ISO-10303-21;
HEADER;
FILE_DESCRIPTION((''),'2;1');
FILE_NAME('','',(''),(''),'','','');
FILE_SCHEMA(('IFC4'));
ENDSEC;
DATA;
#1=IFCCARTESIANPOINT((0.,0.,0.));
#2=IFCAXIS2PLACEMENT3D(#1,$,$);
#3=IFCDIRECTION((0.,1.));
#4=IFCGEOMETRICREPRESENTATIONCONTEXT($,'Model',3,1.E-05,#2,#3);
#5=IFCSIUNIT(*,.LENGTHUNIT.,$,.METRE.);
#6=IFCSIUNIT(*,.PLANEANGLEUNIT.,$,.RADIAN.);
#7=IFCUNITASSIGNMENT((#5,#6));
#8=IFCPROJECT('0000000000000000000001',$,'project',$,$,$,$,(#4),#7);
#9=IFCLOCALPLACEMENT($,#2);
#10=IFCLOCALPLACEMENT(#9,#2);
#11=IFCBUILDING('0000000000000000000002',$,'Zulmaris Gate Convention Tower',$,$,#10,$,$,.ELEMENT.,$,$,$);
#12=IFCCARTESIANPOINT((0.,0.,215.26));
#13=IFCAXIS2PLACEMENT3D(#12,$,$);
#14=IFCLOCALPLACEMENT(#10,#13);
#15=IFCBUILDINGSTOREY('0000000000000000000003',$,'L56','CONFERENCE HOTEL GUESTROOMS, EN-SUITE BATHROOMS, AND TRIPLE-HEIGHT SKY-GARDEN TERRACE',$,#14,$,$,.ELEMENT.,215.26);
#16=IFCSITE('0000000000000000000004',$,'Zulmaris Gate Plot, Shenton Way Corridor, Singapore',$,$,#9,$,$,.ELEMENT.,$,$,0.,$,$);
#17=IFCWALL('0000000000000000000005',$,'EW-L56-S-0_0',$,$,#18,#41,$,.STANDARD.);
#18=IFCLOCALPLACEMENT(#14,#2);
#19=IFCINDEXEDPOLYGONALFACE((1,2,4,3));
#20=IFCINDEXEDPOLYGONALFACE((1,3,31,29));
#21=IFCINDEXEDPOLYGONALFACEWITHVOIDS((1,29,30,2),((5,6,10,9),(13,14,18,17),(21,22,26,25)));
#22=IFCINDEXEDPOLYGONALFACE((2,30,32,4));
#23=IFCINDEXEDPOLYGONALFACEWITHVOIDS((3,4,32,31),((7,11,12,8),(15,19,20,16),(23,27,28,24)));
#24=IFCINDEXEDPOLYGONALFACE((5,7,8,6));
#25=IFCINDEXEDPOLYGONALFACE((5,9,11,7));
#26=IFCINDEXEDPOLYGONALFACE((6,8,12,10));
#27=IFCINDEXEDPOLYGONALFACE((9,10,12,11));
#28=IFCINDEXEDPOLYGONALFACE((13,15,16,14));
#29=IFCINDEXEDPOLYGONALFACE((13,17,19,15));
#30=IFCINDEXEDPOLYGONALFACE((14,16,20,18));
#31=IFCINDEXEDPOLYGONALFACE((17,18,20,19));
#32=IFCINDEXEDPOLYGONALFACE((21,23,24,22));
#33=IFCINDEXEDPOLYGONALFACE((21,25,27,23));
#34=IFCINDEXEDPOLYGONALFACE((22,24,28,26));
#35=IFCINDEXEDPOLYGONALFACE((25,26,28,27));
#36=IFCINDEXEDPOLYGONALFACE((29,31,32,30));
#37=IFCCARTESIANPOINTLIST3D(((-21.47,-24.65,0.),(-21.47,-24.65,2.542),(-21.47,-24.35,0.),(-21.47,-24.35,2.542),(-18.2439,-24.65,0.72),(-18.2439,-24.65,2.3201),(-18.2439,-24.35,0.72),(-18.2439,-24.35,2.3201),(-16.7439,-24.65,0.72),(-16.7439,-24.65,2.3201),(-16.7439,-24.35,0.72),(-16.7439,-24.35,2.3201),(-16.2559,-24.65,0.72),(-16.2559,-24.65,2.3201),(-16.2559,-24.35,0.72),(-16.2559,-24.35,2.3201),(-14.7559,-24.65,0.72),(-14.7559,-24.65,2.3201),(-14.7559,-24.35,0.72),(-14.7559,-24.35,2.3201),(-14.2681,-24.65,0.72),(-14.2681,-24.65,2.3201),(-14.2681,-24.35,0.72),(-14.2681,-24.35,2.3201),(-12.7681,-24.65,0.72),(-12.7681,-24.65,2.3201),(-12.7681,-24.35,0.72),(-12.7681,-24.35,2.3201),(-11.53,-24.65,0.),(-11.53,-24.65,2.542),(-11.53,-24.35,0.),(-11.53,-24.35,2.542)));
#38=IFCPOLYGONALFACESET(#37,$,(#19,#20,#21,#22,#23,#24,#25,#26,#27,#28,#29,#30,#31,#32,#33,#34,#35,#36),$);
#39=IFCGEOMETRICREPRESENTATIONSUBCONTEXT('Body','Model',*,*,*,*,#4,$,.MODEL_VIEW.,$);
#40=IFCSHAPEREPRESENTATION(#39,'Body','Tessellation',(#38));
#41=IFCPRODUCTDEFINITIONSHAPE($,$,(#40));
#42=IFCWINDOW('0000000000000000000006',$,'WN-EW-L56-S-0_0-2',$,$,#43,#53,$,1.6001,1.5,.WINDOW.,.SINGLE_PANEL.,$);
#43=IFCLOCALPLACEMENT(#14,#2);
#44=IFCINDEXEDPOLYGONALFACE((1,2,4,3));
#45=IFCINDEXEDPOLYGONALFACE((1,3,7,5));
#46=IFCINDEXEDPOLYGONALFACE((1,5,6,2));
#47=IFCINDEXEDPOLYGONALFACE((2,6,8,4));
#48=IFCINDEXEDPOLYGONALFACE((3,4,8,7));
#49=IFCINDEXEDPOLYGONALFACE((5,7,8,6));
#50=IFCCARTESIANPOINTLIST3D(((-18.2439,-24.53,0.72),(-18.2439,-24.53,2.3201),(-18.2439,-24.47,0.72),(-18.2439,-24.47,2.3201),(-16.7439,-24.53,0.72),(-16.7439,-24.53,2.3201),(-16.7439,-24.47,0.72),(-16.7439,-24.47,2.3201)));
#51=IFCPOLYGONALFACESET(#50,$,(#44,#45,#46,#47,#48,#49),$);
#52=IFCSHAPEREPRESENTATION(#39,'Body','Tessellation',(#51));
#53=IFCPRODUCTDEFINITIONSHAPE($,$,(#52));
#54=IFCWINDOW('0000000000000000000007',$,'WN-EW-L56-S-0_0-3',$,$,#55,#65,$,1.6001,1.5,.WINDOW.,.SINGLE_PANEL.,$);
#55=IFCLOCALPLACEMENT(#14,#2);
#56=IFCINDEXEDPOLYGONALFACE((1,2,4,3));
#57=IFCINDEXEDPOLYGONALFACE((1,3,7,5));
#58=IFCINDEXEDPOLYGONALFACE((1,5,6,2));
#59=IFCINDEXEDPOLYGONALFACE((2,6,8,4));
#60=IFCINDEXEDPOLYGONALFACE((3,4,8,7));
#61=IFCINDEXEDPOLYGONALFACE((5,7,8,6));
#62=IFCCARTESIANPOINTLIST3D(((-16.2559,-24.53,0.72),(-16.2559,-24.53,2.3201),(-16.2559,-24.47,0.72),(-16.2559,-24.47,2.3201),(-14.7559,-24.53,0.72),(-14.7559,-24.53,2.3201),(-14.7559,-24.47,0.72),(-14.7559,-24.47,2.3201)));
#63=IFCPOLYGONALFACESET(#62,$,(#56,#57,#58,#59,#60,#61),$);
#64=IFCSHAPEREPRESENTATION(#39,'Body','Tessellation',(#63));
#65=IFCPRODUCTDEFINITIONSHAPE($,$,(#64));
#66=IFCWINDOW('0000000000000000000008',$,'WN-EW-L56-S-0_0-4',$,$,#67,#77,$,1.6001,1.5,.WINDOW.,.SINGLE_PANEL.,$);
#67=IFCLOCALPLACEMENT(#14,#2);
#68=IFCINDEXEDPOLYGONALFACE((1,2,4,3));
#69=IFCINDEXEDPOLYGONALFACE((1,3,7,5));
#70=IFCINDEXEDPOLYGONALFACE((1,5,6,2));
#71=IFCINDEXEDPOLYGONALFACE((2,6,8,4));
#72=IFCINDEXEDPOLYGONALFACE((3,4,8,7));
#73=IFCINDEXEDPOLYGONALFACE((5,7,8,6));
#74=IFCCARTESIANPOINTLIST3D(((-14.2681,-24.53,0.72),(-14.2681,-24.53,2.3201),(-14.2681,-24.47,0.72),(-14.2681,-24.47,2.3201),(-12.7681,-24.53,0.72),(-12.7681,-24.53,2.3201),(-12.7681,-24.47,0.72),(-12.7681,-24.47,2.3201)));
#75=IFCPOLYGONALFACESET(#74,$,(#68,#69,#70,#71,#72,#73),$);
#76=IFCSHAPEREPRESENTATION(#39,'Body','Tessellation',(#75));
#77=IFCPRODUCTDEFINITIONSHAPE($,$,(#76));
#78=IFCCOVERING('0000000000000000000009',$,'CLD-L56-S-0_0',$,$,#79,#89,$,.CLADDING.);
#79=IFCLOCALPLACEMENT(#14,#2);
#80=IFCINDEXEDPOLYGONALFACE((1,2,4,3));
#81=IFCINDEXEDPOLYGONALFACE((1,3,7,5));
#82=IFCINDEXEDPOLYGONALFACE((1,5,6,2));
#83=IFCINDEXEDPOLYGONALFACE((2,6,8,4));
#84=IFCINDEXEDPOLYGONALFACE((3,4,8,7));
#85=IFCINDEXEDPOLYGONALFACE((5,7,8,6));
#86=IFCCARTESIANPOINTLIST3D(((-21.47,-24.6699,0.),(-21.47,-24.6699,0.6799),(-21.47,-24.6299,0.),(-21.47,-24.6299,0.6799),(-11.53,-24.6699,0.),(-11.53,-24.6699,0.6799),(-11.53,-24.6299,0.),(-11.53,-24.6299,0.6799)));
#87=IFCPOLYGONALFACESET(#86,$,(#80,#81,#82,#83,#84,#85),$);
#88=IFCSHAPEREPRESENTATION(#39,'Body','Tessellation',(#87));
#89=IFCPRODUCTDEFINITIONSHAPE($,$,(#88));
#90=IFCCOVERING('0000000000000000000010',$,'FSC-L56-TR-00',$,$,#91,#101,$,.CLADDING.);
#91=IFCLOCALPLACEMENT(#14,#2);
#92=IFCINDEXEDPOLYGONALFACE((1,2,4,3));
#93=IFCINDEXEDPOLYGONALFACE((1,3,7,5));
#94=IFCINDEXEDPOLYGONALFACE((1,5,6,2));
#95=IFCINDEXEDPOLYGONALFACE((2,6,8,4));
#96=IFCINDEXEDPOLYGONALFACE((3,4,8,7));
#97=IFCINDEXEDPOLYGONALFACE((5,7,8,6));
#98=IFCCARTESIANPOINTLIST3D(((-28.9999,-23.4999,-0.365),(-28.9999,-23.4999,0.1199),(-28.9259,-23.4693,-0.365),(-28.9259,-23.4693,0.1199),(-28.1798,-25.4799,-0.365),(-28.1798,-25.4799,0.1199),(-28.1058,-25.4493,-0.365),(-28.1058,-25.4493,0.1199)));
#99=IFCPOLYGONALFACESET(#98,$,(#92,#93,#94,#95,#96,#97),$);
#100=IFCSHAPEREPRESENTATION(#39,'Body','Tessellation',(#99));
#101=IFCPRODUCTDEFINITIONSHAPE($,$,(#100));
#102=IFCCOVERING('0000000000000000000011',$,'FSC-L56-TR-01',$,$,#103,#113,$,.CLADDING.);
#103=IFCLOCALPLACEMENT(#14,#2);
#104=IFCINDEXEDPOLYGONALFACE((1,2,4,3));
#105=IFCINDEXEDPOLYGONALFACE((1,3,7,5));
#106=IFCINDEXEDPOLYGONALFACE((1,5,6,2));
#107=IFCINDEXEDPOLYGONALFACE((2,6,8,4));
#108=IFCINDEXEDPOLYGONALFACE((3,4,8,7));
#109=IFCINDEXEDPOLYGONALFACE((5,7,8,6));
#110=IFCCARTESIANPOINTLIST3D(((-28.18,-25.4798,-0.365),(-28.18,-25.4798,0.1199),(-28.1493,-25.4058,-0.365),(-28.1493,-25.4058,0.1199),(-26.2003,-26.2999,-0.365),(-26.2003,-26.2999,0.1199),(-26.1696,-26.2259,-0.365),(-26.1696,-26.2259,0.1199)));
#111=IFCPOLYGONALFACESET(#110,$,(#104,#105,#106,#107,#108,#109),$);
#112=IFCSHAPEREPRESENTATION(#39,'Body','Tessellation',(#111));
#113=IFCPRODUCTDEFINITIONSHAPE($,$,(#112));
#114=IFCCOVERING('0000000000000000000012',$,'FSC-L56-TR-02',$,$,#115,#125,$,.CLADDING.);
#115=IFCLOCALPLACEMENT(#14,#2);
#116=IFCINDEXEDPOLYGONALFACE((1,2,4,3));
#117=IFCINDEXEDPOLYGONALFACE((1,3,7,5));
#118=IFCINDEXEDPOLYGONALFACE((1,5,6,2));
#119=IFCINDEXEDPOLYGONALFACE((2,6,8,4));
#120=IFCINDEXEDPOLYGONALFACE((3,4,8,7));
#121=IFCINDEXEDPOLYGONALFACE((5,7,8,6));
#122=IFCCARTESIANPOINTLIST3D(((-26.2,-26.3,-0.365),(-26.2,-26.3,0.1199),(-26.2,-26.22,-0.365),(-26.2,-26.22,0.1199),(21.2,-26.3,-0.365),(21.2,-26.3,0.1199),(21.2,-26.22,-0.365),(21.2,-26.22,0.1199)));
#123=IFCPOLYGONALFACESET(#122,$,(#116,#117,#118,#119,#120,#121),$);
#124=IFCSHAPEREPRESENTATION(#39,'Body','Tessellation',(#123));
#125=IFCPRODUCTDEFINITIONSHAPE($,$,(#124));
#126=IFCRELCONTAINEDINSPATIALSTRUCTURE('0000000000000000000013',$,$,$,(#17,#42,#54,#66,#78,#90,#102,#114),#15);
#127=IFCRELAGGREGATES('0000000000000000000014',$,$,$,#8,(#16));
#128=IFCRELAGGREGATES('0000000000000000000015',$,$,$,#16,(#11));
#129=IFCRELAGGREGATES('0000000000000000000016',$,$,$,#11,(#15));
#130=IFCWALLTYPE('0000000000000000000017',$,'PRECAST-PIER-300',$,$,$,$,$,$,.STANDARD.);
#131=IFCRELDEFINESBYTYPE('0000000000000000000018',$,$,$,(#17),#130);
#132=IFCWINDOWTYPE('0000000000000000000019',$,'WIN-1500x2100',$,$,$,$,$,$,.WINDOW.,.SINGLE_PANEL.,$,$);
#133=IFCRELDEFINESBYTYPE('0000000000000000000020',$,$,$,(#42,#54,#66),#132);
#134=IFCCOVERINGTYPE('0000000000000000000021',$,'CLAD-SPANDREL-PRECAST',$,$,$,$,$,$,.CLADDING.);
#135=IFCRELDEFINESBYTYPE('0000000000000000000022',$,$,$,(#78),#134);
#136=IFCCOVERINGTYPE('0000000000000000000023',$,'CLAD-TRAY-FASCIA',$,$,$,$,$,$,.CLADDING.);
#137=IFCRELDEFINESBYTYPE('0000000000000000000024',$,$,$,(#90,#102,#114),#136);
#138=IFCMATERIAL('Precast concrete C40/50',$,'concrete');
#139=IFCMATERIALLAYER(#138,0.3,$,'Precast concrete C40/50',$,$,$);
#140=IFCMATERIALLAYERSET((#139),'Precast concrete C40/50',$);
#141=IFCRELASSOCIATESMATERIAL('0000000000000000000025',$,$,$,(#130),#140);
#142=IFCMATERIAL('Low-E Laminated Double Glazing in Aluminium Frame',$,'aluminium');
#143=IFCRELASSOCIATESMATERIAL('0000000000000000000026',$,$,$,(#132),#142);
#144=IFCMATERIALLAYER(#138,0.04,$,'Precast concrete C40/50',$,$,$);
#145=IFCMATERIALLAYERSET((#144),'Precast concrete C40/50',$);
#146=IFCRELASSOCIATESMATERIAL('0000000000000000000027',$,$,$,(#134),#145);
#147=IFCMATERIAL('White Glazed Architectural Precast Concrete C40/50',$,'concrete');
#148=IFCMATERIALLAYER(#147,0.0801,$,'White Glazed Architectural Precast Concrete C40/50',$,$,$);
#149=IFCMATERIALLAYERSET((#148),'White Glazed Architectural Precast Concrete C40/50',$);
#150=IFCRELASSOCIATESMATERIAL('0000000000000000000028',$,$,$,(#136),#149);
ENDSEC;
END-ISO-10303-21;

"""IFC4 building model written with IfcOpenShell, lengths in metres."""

from ifc_helpers import new_model, si_unit, direction, frame, frame_2d, origin, place, context, subcontext, project, spatial, rectangle, extrude, material, layer, layer_set, type_object, element, fill, save


model = new_model("IFC4")

# Units and contexts
model_context = context("Model", 3, precision=1e-05, world=origin(), true_north=direction((0.0, 1.0)))
body_context = subcontext(model_context, "Body", "Model", "MODEL_VIEW")
ifc_project = project(units=[si_unit("LENGTHUNIT", "METRE"), si_unit("PLANEANGLEUNIT", "RADIAN")], contexts=[model_context])

# Site, building, storey
site_placement = place(None, origin())
site = spatial("IfcSite", under=ifc_project, at=site_placement, Name="Zulmaris Gate Plot, Shenton Way Corridor, Singapore", CompositionType="ELEMENT", RefElevation=0.0)
building_placement = place(site_placement, origin())
building = spatial("IfcBuilding", under=site, at=building_placement, Name="Zulmaris Gate Convention Tower", CompositionType="ELEMENT")
storey_placement = place(building_placement, frame((0.0, 0.0, 215.26)))
storey = spatial("IfcBuildingStorey", under=building, at=storey_placement, Name="L56", Description="CONFERENCE HOTEL GUESTROOMS, EN-SUITE BATHROOMS, AND TRIPLE-HEIGHT SKY-GARDEN TERRACE", CompositionType="ELEMENT", Elevation=215.26)

# Shared definitions
ifc_material_1 = material(Name="Precast concrete C40/50", Category="concrete")
ifc_layer_1 = layer(ifc_material_1, 0.3, Name="Precast concrete C40/50")
ifc_layer_set_1 = layer_set([ifc_layer_1], Name="Precast concrete C40/50")
wall_type_1 = type_object("IfcWallType", Name="PRECAST-PIER-300", PredefinedType="STANDARD", material=ifc_layer_set_1)
ifc_material_2 = material(Name="Low-E Laminated Double Glazing in Aluminium Frame", Category="aluminium")

# Wall, openings, windows
wall_1_placement = place(storey_placement, frame((-21.47, -24.5, 0.0), z_axis=(0.0, 0.0, 1.0), x_axis=(1.0, 0.0, 0.0)))
wall_1 = element("IfcWall", 1, at=wall_1_placement, inside=storey, type_object=wall_type_1, Name="EW-L56-S-0_0", PredefinedType="STANDARD", context=body_context, shape_type="SweptSolid", body=[
    extrude(rectangle(XDim=9.9399, YDim=0.3, at=frame_2d((4.97, 0.0))), origin(), (0.0, 0.0, 1.0), 2.542),
])
opening_1_placement = place(wall_1_placement, frame((3.2261, 0.0, 0.72)))
opening_1 = element("IfcOpeningElement", 2, at=opening_1_placement, cuts=wall_1, PredefinedType="OPENING", context=body_context, shape_type="SweptSolid", body=[
    extrude(rectangle(XDim=1.5, YDim=1.6001, at=frame_2d((0.75, 0.8))), frame((0.0, 0.1602, 0.0), z_axis=(0.0, -1.0, 0.0), x_axis=(1.0, 0.0, 0.0)), (0.0, 0.0, 1.0), 0.3201),
])
opening_2_placement = place(wall_1_placement, frame((5.2141, 0.0, 0.72)))
opening_2 = element("IfcOpeningElement", 3, at=opening_2_placement, cuts=wall_1, PredefinedType="OPENING", context=body_context, shape_type="SweptSolid", body=[
    extrude(rectangle(XDim=1.5, YDim=1.6001, at=frame_2d((0.75, 0.8))), frame((0.0, 0.1602, 0.0), z_axis=(0.0, -1.0, 0.0), x_axis=(1.0, 0.0, 0.0)), (0.0, 0.0, 1.0), 0.3201),
])
opening_3_placement = place(wall_1_placement, frame((7.2019, 0.0, 0.72)))
opening_3 = element("IfcOpeningElement", 4, at=opening_3_placement, cuts=wall_1, PredefinedType="OPENING", context=body_context, shape_type="SweptSolid", body=[
    extrude(rectangle(XDim=1.5, YDim=1.6001, at=frame_2d((0.75, 0.8))), frame((0.0, 0.1602, 0.0), z_axis=(0.0, -1.0, 0.0), x_axis=(1.0, 0.0, 0.0)), (0.0, 0.0, 1.0), 0.3201),
])
window_type_1 = type_object("IfcWindowType", Name="WIN-1500x2100", PartitioningType="SINGLE_PANEL", PredefinedType="WINDOW", material=ifc_material_2)
window_1_placement = place(opening_1_placement, origin())
window_1 = element("IfcWindow", 5, at=window_1_placement, inside=storey, type_object=window_type_1, Name="WN-EW-L56-S-0_0-2", OverallHeight=1.6001, OverallWidth=1.5, PartitioningType="SINGLE_PANEL", PredefinedType="WINDOW", context=body_context, shape_type="SweptSolid", body=[
    extrude(rectangle(XDim=1.5, YDim=1.6001, at=frame_2d((0.75, 0.8))), frame((0.0, 0.03, 0.0), z_axis=(0.0, -1.0, 0.0), x_axis=(1.0, 0.0, 0.0)), (0.0, 0.0, 1.0), 0.0601),
])
fill(opening_1, window_1)
window_2_placement = place(opening_2_placement, origin())
window_2 = element("IfcWindow", 6, at=window_2_placement, inside=storey, type_object=window_type_1, Name="WN-EW-L56-S-0_0-3", OverallHeight=1.6001, OverallWidth=1.5, PartitioningType="SINGLE_PANEL", PredefinedType="WINDOW", context=body_context, shape_type="SweptSolid", body=[
    extrude(rectangle(XDim=1.5, YDim=1.6001, at=frame_2d((0.75, 0.8))), frame((0.0, 0.03, 0.0), z_axis=(0.0, -1.0, 0.0), x_axis=(1.0, 0.0, 0.0)), (0.0, 0.0, 1.0), 0.0601),
])
fill(opening_2, window_2)
window_3_placement = place(opening_3_placement, origin())
window_3 = element("IfcWindow", 7, at=window_3_placement, inside=storey, type_object=window_type_1, Name="WN-EW-L56-S-0_0-4", OverallHeight=1.6001, OverallWidth=1.5, PartitioningType="SINGLE_PANEL", PredefinedType="WINDOW", context=body_context, shape_type="SweptSolid", body=[
    extrude(rectangle(XDim=1.5, YDim=1.6001, at=frame_2d((0.75, 0.8))), frame((0.0, 0.03, 0.0), z_axis=(0.0, -1.0, 0.0), x_axis=(1.0, 0.0, 0.0)), (0.0, 0.0, 1.0), 0.0601),
])
fill(opening_3, window_3)

# Coverings
ifc_layer_2 = layer(ifc_material_1, 0.04, Name="Precast concrete C40/50")
ifc_layer_set_2 = layer_set([ifc_layer_2], Name="Precast concrete C40/50")
covering_type_1 = type_object("IfcCoveringType", Name="CLAD-SPANDREL-PRECAST", PredefinedType="CLADDING", material=ifc_layer_set_2)
covering_1_placement = place(storey_placement, frame((-21.47, -24.6499, 0.0), z_axis=(0.0, 0.0, 1.0), x_axis=(1.0, 0.0, 0.0)))
element("IfcCovering", 8, at=covering_1_placement, inside=storey, type_object=covering_type_1, Name="CLD-L56-S-0_0", PredefinedType="CLADDING", context=body_context, shape_type="SweptSolid", body=[
    extrude(rectangle(XDim=9.9399, YDim=0.04, at=frame_2d((4.97, 0.0))), origin(), (0.0, 0.0, 1.0), 0.6799),
])
ifc_material_3 = material(Name="White Glazed Architectural Precast Concrete C40/50", Category="concrete")
ifc_layer_3 = layer(ifc_material_3, 0.0801, Name="White Glazed Architectural Precast Concrete C40/50")
ifc_layer_set_3 = layer_set([ifc_layer_3], Name="White Glazed Architectural Precast Concrete C40/50")
covering_type_2 = type_object("IfcCoveringType", Name="CLAD-TRAY-FASCIA", PredefinedType="CLADDING", material=ifc_layer_set_3)
covering_2_placement = place(storey_placement, frame((-28.9629, -23.4846, -0.365), z_axis=(0.0, 0.0, 1.0), x_axis=(0.382657, -0.92389, 0.0)))
element("IfcCovering", 9, at=covering_2_placement, inside=storey, type_object=covering_type_2, Name="FSC-L56-TR-00", PredefinedType="CLADDING", context=body_context, shape_type="SweptSolid", body=[
    extrude(rectangle(XDim=2.1431, YDim=0.0801, at=frame_2d((1.0715, 0.0))), origin(), (0.0, 0.0, 1.0), 0.4849),
])
covering_3_placement = place(storey_placement, frame((-28.1646, -25.4429, -0.365), z_axis=(0.0, 0.0, 1.0), x_axis=(0.923874, -0.382697, 0.0)))
element("IfcCovering", 10, at=covering_3_placement, inside=storey, type_object=covering_type_2, Name="FSC-L56-TR-01", PredefinedType="CLADDING", context=body_context, shape_type="SweptSolid", body=[
    extrude(rectangle(XDim=2.1428, YDim=0.0801, at=frame_2d((1.0713, 0.0))), origin(), (0.0, 0.0, 1.0), 0.4849),
])
covering_4_placement = place(storey_placement, frame((-26.2, -26.26, -0.365), z_axis=(0.0, 0.0, 1.0), x_axis=(1.0, 0.0, 0.0)))
element("IfcCovering", 11, at=covering_4_placement, inside=storey, type_object=covering_type_2, Name="FSC-L56-TR-02", PredefinedType="CLADDING", context=body_context, shape_type="SweptSolid", body=[
    extrude(rectangle(XDim=47.3999, YDim=0.0801, at=frame_2d((23.7, 0.0))), origin(), (0.0, 0.0, 1.0), 0.4849),
])

save(model, "model.ifc")
